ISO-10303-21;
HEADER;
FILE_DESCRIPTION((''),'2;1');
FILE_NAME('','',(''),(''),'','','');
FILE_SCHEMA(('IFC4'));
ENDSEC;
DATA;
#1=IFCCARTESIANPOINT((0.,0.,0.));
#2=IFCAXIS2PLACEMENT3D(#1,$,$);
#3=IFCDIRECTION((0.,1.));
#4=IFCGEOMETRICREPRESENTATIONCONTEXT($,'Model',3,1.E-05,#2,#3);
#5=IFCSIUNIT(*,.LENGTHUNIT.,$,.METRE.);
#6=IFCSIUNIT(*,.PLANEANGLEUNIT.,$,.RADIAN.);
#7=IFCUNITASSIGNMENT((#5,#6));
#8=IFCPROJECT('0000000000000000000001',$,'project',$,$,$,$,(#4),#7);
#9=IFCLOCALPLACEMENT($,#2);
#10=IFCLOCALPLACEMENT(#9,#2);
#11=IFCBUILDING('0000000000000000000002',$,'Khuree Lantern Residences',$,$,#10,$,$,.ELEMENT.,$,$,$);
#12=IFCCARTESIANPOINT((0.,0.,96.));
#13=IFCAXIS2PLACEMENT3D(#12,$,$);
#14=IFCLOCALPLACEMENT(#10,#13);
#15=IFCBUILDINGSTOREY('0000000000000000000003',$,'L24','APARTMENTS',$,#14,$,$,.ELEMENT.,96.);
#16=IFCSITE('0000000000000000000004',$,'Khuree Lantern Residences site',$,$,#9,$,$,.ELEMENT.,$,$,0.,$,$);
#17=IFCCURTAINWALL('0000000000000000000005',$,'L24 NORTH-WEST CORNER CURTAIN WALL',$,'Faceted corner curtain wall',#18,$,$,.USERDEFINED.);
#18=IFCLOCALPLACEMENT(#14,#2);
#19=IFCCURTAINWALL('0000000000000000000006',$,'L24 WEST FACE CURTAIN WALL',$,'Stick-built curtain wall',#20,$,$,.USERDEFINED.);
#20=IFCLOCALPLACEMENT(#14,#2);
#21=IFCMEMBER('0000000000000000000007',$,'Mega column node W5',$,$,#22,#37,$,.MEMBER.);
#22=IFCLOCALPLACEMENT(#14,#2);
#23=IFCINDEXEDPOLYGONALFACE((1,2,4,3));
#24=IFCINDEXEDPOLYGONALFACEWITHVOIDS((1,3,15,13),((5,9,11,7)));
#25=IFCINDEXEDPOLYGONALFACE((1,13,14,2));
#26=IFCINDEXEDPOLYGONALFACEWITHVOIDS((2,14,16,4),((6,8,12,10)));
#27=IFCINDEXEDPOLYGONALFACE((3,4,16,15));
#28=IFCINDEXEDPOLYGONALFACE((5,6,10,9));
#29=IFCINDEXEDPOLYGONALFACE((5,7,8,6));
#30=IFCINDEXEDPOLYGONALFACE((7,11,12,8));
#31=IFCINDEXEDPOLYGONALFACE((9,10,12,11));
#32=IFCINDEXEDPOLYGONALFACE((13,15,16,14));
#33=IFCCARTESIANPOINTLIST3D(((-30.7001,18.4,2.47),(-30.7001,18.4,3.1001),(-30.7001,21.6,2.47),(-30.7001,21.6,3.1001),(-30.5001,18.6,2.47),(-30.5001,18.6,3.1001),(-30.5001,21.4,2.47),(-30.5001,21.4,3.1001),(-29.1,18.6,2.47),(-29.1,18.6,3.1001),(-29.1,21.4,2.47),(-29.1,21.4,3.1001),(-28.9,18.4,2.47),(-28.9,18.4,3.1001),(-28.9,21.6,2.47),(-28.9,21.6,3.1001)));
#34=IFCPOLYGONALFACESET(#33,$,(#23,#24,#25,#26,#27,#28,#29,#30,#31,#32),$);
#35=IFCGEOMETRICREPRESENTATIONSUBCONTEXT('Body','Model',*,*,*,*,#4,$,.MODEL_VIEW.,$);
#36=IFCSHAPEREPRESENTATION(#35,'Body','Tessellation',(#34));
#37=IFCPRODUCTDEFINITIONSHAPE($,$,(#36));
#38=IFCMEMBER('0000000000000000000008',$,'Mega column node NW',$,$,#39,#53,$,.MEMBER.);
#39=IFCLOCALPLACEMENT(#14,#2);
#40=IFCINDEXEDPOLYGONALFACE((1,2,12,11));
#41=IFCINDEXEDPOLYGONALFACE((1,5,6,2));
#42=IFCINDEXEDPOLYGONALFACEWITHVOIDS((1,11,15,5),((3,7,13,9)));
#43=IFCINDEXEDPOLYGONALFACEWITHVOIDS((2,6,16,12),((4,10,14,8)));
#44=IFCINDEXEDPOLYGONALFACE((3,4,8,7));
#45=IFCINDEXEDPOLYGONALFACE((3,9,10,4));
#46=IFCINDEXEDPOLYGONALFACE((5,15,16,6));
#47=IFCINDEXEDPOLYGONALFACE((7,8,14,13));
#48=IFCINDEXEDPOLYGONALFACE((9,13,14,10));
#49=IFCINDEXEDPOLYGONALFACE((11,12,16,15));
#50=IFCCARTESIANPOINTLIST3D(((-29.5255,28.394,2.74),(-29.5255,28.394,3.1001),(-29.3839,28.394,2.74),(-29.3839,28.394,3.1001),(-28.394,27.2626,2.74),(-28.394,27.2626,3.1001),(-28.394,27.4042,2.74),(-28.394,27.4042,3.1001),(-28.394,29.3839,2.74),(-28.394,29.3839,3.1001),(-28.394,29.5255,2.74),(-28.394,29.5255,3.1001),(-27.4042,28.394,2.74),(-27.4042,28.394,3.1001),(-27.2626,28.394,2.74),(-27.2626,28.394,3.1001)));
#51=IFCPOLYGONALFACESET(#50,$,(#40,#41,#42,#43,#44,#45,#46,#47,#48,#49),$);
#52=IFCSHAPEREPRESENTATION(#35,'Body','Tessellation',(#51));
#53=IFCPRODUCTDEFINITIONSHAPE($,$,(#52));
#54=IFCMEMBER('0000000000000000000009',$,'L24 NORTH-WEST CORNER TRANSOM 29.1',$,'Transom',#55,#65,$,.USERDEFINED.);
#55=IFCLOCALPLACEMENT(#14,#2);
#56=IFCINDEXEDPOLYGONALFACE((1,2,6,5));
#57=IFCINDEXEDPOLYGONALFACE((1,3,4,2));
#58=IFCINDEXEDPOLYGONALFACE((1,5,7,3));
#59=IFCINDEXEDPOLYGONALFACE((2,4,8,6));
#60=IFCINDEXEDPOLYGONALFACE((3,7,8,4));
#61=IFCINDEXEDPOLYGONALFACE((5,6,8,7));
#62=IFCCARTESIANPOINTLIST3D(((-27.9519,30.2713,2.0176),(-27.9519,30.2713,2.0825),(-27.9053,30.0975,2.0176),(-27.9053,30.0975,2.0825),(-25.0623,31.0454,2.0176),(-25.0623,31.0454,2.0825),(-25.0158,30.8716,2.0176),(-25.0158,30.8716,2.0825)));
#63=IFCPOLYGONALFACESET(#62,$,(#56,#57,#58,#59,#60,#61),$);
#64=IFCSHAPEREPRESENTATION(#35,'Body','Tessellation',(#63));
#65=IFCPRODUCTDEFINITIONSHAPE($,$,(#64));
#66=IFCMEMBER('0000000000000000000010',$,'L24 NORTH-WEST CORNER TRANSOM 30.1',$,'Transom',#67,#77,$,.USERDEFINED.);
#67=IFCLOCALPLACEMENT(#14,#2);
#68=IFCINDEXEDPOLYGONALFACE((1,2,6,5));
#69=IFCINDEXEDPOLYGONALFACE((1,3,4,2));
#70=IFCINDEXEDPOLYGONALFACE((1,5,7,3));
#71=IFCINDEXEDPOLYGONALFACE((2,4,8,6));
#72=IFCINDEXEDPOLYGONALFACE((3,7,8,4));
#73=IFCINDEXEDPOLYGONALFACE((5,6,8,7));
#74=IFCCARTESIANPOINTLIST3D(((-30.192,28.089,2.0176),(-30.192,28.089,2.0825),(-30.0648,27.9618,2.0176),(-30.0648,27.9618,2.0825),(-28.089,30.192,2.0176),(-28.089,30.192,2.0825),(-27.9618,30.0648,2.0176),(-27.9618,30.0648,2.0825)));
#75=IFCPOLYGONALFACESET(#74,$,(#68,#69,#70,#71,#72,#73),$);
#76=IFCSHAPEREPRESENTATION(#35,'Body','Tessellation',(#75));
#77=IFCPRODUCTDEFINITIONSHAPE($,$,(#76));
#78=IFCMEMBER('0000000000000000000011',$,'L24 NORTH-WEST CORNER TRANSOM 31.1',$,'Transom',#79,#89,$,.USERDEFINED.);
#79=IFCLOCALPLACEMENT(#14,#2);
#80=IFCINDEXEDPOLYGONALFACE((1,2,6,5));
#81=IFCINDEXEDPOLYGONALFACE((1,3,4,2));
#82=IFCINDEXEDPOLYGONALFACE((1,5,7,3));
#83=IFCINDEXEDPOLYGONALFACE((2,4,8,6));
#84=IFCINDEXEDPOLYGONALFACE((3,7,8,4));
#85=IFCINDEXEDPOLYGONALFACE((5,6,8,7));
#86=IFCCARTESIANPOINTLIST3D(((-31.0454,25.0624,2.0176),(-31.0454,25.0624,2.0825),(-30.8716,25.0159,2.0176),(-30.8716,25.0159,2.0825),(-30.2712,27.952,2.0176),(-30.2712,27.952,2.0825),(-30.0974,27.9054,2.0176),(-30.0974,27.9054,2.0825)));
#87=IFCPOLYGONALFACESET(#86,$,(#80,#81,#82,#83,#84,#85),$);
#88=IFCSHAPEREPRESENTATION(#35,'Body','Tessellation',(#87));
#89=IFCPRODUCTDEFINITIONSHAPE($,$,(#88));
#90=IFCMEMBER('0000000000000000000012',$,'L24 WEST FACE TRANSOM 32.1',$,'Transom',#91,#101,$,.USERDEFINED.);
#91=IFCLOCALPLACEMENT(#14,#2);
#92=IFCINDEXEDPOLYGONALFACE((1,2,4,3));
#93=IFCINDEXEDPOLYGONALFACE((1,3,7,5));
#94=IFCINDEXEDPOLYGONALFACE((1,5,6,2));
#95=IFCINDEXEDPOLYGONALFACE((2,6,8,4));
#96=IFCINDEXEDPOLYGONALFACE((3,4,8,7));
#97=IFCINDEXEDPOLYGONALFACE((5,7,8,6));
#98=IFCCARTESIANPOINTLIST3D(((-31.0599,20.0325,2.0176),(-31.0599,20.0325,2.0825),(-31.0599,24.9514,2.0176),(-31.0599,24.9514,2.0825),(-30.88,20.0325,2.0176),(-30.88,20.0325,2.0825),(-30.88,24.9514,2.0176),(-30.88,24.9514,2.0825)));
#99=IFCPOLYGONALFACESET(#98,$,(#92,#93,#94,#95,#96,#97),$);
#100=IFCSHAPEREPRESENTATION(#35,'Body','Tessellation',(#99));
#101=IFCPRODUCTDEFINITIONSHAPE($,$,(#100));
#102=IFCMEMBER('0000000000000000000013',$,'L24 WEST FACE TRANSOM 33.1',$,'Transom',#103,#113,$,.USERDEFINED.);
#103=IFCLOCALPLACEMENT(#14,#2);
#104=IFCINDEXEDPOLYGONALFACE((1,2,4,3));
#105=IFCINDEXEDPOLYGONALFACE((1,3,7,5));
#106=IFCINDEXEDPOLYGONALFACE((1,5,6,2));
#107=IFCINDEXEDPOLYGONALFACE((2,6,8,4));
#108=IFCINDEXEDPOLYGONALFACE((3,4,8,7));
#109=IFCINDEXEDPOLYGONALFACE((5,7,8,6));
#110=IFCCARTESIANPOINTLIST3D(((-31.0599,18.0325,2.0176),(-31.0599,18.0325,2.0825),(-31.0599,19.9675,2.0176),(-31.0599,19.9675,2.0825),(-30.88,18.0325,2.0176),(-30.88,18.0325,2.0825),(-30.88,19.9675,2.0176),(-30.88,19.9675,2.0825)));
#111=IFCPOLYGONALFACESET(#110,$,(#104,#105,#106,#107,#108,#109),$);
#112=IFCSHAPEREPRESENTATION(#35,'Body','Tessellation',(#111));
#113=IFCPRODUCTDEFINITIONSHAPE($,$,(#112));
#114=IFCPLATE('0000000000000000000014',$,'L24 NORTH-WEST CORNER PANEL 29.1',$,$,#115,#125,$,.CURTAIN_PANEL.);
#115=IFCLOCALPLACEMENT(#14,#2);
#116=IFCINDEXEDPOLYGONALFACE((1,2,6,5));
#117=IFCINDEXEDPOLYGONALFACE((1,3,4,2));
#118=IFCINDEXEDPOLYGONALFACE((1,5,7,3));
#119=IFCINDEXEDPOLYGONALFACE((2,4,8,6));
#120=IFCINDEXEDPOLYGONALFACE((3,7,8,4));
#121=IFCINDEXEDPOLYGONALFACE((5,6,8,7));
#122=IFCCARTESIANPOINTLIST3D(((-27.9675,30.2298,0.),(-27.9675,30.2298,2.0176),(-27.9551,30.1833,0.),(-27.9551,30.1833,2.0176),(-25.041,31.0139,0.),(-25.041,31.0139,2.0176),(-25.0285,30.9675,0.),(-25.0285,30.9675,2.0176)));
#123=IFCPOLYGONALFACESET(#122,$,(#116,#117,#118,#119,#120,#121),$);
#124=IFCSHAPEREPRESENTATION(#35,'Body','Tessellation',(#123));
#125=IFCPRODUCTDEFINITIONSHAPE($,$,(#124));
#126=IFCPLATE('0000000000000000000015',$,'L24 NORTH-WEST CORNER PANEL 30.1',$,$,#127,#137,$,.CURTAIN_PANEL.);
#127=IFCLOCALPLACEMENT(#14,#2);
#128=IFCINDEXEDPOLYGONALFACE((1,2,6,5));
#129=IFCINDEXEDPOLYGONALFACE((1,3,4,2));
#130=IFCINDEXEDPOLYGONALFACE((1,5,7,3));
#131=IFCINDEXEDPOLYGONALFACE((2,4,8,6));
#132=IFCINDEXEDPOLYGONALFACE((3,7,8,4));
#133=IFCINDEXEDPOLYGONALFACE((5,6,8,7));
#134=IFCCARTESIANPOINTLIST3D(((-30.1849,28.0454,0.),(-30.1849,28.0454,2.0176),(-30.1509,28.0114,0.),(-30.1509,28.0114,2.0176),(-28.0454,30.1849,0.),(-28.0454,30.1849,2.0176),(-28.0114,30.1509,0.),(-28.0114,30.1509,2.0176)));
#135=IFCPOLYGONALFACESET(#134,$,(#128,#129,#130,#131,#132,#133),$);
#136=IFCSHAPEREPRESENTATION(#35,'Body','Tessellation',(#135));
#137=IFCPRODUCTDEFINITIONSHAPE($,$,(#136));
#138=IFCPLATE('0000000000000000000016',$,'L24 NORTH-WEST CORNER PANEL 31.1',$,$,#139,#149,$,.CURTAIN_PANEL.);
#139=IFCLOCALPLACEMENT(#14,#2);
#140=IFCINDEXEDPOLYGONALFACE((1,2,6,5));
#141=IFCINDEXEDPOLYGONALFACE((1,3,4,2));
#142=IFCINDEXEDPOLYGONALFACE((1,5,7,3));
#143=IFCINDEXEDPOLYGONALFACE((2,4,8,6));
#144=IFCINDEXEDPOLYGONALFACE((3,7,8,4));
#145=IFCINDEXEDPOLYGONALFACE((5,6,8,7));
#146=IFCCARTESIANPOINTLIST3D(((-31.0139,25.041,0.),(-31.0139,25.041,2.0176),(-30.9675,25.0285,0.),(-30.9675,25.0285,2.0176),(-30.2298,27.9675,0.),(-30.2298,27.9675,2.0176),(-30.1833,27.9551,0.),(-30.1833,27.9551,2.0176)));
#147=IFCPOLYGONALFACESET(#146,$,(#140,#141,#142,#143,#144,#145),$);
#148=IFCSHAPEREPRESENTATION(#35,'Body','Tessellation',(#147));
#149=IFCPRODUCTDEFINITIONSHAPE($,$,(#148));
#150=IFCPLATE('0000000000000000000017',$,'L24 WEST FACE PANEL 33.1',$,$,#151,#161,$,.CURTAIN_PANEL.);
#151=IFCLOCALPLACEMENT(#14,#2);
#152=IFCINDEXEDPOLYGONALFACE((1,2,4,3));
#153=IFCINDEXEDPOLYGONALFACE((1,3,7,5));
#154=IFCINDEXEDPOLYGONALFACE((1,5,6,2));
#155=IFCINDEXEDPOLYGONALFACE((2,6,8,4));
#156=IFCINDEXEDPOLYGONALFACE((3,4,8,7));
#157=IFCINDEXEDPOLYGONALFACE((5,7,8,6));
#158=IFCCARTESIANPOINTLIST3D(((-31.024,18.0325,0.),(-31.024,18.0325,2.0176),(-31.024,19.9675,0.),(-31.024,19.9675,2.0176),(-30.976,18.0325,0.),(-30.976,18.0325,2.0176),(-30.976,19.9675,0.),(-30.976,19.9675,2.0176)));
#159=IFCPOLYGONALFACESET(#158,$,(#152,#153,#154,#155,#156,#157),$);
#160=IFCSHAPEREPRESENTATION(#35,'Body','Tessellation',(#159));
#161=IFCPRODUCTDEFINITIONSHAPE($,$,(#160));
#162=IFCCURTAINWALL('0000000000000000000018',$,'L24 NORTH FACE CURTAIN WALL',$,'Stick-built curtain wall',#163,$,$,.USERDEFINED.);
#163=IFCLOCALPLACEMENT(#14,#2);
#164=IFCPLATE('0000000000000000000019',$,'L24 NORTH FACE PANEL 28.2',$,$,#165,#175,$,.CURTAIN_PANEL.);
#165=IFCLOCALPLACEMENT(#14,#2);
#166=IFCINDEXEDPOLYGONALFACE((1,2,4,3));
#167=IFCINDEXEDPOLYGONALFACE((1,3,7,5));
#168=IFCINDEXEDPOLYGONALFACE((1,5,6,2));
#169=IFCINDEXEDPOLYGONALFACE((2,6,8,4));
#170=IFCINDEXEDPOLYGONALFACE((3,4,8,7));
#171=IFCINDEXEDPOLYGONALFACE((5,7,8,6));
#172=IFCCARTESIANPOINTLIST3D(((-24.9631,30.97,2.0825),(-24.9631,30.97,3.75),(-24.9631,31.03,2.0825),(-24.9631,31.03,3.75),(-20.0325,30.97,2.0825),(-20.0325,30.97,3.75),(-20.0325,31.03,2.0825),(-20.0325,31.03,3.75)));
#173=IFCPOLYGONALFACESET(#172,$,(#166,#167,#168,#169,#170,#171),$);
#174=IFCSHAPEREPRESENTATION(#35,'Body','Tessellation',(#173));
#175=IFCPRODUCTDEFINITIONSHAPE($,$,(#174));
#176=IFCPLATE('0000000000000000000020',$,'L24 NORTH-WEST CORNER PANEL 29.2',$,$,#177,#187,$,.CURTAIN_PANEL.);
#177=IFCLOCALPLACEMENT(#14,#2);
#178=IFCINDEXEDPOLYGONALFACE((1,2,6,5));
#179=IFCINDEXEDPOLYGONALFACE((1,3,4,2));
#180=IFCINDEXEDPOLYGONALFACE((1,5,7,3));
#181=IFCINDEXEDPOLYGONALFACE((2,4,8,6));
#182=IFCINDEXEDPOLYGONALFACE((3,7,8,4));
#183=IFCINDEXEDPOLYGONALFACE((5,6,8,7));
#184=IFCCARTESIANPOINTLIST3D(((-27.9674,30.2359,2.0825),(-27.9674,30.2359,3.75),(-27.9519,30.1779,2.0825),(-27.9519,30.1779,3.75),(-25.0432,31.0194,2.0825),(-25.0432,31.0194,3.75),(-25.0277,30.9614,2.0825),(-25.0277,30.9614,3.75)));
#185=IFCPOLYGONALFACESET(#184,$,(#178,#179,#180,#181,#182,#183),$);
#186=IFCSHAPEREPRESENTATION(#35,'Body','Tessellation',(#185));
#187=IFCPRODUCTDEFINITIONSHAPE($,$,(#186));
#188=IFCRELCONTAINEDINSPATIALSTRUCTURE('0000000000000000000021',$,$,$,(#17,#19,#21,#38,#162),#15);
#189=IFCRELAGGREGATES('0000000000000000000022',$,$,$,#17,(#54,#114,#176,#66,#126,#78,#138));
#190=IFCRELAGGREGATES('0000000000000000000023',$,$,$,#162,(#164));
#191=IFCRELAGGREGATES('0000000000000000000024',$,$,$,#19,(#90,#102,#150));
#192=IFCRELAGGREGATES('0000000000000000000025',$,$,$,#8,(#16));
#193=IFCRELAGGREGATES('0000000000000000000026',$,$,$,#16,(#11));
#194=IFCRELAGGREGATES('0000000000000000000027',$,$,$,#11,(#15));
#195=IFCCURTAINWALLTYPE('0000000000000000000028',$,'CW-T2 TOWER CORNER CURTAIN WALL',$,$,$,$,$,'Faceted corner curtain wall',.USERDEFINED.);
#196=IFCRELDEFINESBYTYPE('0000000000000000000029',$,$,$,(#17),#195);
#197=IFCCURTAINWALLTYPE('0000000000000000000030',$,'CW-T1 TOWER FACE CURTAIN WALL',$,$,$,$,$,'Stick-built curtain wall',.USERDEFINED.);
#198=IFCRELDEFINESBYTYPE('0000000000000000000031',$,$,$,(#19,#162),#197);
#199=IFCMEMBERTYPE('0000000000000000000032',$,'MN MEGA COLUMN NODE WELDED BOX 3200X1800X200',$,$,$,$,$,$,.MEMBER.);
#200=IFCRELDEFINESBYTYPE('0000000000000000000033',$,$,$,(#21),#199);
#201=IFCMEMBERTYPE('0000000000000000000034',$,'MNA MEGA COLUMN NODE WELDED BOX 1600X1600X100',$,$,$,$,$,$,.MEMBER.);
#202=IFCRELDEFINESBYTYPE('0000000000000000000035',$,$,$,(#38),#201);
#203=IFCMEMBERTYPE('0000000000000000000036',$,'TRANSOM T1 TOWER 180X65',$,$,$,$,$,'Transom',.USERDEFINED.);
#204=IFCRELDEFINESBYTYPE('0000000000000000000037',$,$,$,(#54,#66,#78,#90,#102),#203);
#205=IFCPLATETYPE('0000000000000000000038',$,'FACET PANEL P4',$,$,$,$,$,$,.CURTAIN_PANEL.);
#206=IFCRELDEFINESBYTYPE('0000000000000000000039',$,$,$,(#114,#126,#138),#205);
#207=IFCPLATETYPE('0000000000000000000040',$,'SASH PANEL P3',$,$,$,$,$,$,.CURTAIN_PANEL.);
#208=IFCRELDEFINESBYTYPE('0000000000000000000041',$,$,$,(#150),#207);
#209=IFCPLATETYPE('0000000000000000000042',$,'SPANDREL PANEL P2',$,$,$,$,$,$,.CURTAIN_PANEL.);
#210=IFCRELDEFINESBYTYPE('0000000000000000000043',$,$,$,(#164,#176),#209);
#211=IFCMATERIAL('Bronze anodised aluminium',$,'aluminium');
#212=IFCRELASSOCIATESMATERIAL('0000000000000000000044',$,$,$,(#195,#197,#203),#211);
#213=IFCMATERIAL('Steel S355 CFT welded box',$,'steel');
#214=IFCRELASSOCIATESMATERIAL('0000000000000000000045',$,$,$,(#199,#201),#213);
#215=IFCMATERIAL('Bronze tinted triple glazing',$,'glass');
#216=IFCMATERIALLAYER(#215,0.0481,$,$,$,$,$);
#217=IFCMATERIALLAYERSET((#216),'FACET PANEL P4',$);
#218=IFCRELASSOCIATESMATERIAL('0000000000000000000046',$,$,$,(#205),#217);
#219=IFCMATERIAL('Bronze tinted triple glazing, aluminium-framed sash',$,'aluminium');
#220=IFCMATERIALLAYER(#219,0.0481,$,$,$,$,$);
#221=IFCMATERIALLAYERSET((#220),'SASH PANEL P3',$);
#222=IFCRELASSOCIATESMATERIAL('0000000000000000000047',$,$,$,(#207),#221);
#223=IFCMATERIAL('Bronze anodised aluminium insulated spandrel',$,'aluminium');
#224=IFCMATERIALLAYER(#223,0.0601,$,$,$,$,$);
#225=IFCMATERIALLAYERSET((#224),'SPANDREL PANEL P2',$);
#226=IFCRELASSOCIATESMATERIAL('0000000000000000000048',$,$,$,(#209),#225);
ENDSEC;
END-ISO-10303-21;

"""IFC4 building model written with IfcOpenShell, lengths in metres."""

from ifc_helpers import new_model, si_unit, direction, frame, origin, origin_2d, place, context, subcontext, project, spatial, rectangle, hollow_rectangle, extrude, material, layer, layer_set, material_profile, profile_set, type_object, element, aggregate, save


model = new_model("IFC4")

# Units and contexts
model_context = context("Model", 3, precision=1e-05, world=origin(), true_north=direction((0.0, 1.0)))
body_context = subcontext(model_context, "Body", "Model", "MODEL_VIEW")
ifc_project = project(units=[si_unit("LENGTHUNIT", "METRE"), si_unit("PLANEANGLEUNIT", "RADIAN")], contexts=[model_context])

# Site, building, storey
site_placement = place(None, origin())
site = spatial("IfcSite", under=ifc_project, at=site_placement, Name="Khuree Lantern Residences site", CompositionType="ELEMENT", RefElevation=0.0)
building_placement = place(site_placement, origin())
building = spatial("IfcBuilding", under=site, at=building_placement, Name="Khuree Lantern Residences", CompositionType="ELEMENT")
storey_placement = place(building_placement, frame((0.0, 0.0, 96.0)))
storey = spatial("IfcBuildingStorey", under=building, at=storey_placement, Name="L24", Description="APARTMENTS", CompositionType="ELEMENT", Elevation=96.0)

# Shared definitions
ifc_material_1 = material(Name="Steel S355 CFT welded box", Category="steel")

# Curtain wall
ifc_material_2 = material(Name="Bronze anodised aluminium", Category="aluminium")
curtain_wall_type_1 = type_object("IfcCurtainWallType", Name="CW-T2 TOWER CORNER CURTAIN WALL", ElementType="Faceted corner curtain wall", PredefinedType="USERDEFINED", material=ifc_material_2)
curtain_wall_1_placement = place(storey_placement, origin())
curtain_wall_1 = element("IfcCurtainWall", 1, at=curtain_wall_1_placement, inside=storey, type_object=curtain_wall_type_1, Name="L24 NORTH-WEST CORNER CURTAIN WALL", ObjectType="Faceted corner curtain wall", PredefinedType="USERDEFINED")

# Curtain wall
curtain_wall_type_2 = type_object("IfcCurtainWallType", Name="CW-T1 TOWER FACE CURTAIN WALL", ElementType="Stick-built curtain wall", PredefinedType="USERDEFINED", material=ifc_material_2)
curtain_wall_2_placement = place(storey_placement, origin())
curtain_wall_2 = element("IfcCurtainWall", 2, at=curtain_wall_2_placement, inside=storey, type_object=curtain_wall_type_2, Name="L24 WEST FACE CURTAIN WALL", ObjectType="Stick-built curtain wall", PredefinedType="USERDEFINED")

# Members
ifc_material_profile_1 = material_profile(ifc_material_1, hollow_rectangle(XDim=3.2, YDim=1.8, WallThickness=0.2, at=origin_2d()), Name="WELDED BOX 3200X1800X200")
ifc_profile_set_1 = profile_set([ifc_material_profile_1], Name="Steel S355 CFT welded box")
member_type_1 = type_object("IfcMemberType", Name="MN MEGA COLUMN NODE WELDED BOX 3200X1800X200", PredefinedType="MEMBER", material=ifc_profile_set_1)
member_1_placement = place(storey_placement, frame((-29.8, 20.0, 2.47), z_axis=(0.0, 0.0, 1.0), x_axis=(0.0, 1.0, 0.0)))
element("IfcMember", 3, at=member_1_placement, inside=storey, type_object=member_type_1, Name="Mega column node W5", PredefinedType="MEMBER", context=body_context, shape_type="SweptSolid", body=[
    extrude(hollow_rectangle(XDim=3.2, YDim=1.8, WallThickness=0.2, at=origin_2d()), origin(), (0.0, 0.0, 1.0), 0.6301),
])
ifc_material_profile_2 = material_profile(ifc_material_1, hollow_rectangle(XDim=1.6001, YDim=1.6001, WallThickness=0.1001, at=origin_2d()), Name="WELDED BOX 1600X1600X100")
ifc_profile_set_2 = profile_set([ifc_material_profile_2], Name="Steel S355 CFT welded box")
member_type_2 = type_object("IfcMemberType", Name="MNA MEGA COLUMN NODE WELDED BOX 1600X1600X100", PredefinedType="MEMBER", material=ifc_profile_set_2)
member_2_placement = place(storey_placement, frame((-28.394, 28.394, 2.74), z_axis=(0.0, 0.0, 1.0), x_axis=(0.707107, 0.707107, 0.0)))
element("IfcMember", 4, at=member_2_placement, inside=storey, type_object=member_type_2, Name="Mega column node NW", PredefinedType="MEMBER", context=body_context, shape_type="SweptSolid", body=[
    extrude(hollow_rectangle(XDim=1.6001, YDim=1.6001, WallThickness=0.1001, at=origin_2d()), origin(), (0.0, 0.0, 1.0), 0.3601),
])

# Members
ifc_material_profile_3 = material_profile(ifc_material_2, rectangle(XDim=0.1799, YDim=0.0649, at=origin_2d()), Name="T1 180X65")
ifc_profile_set_3 = profile_set([ifc_material_profile_3], Name="Bronze anodised aluminium")
member_type_3 = type_object("IfcMemberType", Name="TRANSOM T1 TOWER 180X65", ElementType="Transom", PredefinedType="USERDEFINED", material=ifc_profile_set_3)
member_3_placement = place(storey_placement, frame((-25.0391, 30.9585, 2.05), z_axis=(-0.965935, -0.258785, 0.0), x_axis=(0.258785, -0.965935, 0.0)))
member_3 = element("IfcMember", 5, at=member_3_placement, type_object=member_type_3, Name="L24 NORTH-WEST CORNER TRANSOM 29.1", ObjectType="Transom", PredefinedType="USERDEFINED", context=body_context, shape_type="SweptSolid", body=[
    extrude(rectangle(XDim=0.1799, YDim=0.0649, at=origin_2d()), origin(), (0.0, 0.0, 1.0), 2.9915),
])
member_4_placement = place(storey_placement, frame((-28.0254, 30.1284, 2.05), z_axis=(-0.707107, -0.707107, 0.0), x_axis=(0.707107, -0.707107, 0.0)))
member_4 = element("IfcMember", 6, at=member_4_placement, type_object=member_type_3, Name="L24 NORTH-WEST CORNER TRANSOM 30.1", ObjectType="Transom", PredefinedType="USERDEFINED", context=body_context, shape_type="SweptSolid", body=[
    extrude(rectangle(XDim=0.1799, YDim=0.0649, at=origin_2d()), origin(), (0.0, 0.0, 1.0), 2.9741),
])
member_5_placement = place(storey_placement, frame((-30.1843, 27.9287, 2.05), z_axis=(-0.258785, -0.965935, 0.0), x_axis=(0.965935, -0.258785, 0.0)))
member_5 = element("IfcMember", 7, at=member_5_placement, type_object=member_type_3, Name="L24 NORTH-WEST CORNER TRANSOM 31.1", ObjectType="Transom", PredefinedType="USERDEFINED", context=body_context, shape_type="SweptSolid", body=[
    extrude(rectangle(XDim=0.1799, YDim=0.0649, at=origin_2d()), origin(), (0.0, 0.0, 1.0), 2.9915),
])
member_6_placement = place(storey_placement, frame((-30.97, 24.9514, 2.05), z_axis=(0.0, -1.0, 0.0), x_axis=(1.0, 0.0, 0.0)))
member_6 = element("IfcMember", 8, at=member_6_placement, type_object=member_type_3, Name="L24 WEST FACE TRANSOM 32.1", ObjectType="Transom", PredefinedType="USERDEFINED", context=body_context, shape_type="SweptSolid", body=[
    extrude(rectangle(XDim=0.1799, YDim=0.0649, at=origin_2d()), origin(), (0.0, 0.0, 1.0), 4.9189),
])
member_7_placement = place(storey_placement, frame((-30.97, 19.9675, 2.05), z_axis=(0.0, -1.0, 0.0), x_axis=(1.0, 0.0, 0.0)))
member_7 = element("IfcMember", 9, at=member_7_placement, type_object=member_type_3, Name="L24 WEST FACE TRANSOM 33.1", ObjectType="Transom", PredefinedType="USERDEFINED", context=body_context, shape_type="SweptSolid", body=[
    extrude(rectangle(XDim=0.1799, YDim=0.0649, at=origin_2d()), origin(), (0.0, 0.0, 1.0), 1.9351),
])

# Plates
ifc_material_3 = material(Name="Bronze tinted triple glazing", Category="glass")
ifc_layer_1 = layer(ifc_material_3, 0.0481)
ifc_layer_set_1 = layer_set([ifc_layer_1], Name="FACET PANEL P4")
plate_type_1 = type_object("IfcPlateType", Name="FACET PANEL P4", PredefinedType="CURTAIN_PANEL", material=ifc_layer_set_1)
plate_1_placement = place(storey_placement, frame((-26.498, 30.5986, 0.0), z_axis=(0.0, 0.0, 1.0), x_axis=(-0.965926, -0.258819, 0.0)))
plate_1 = element("IfcPlate", 10, at=plate_1_placement, type_object=plate_type_1, Name="L24 NORTH-WEST CORNER PANEL 29.1", PredefinedType="CURTAIN_PANEL", context=body_context, shape_type="SweptSolid", body=[
    extrude(rectangle(XDim=3.0298, YDim=0.0481, at=origin_2d()), origin(), (0.0, 0.0, 1.0), 2.0176),
])
plate_2_placement = place(storey_placement, frame((-29.0981, 29.0981, 0.0), z_axis=(0.0, 0.0, 1.0), x_axis=(-0.707107, -0.707107, 0.0)))
plate_2 = element("IfcPlate", 11, at=plate_2_placement, type_object=plate_type_1, Name="L24 NORTH-WEST CORNER PANEL 30.1", PredefinedType="CURTAIN_PANEL", context=body_context, shape_type="SweptSolid", body=[
    extrude(rectangle(XDim=3.0256, YDim=0.0481, at=origin_2d()), origin(), (0.0, 0.0, 1.0), 2.0176),
])
plate_3_placement = place(storey_placement, frame((-30.5986, 26.498, 0.0), z_axis=(0.0, 0.0, 1.0), x_axis=(-0.258819, -0.965926, 0.0)))
plate_3 = element("IfcPlate", 12, at=plate_3_placement, type_object=plate_type_1, Name="L24 NORTH-WEST CORNER PANEL 31.1", PredefinedType="CURTAIN_PANEL", context=body_context, shape_type="SweptSolid", body=[
    extrude(rectangle(XDim=3.0298, YDim=0.0481, at=origin_2d()), origin(), (0.0, 0.0, 1.0), 2.0176),
])
ifc_material_4 = material(Name="Bronze tinted triple glazing, aluminium-framed sash", Category="aluminium")
ifc_layer_2 = layer(ifc_material_4, 0.0481)
ifc_layer_set_2 = layer_set([ifc_layer_2], Name="SASH PANEL P3")
plate_type_2 = type_object("IfcPlateType", Name="SASH PANEL P3", PredefinedType="CURTAIN_PANEL", material=ifc_layer_set_2)
plate_4_placement = place(storey_placement, frame((-31.0, 19.0, 0.0), z_axis=(0.0, 0.0, 1.0), x_axis=(0.0, -1.0, 0.0)))
plate_4 = element("IfcPlate", 13, at=plate_4_placement, type_object=plate_type_2, Name="L24 WEST FACE PANEL 33.1", PredefinedType="CURTAIN_PANEL", context=body_context, shape_type="SweptSolid", body=[
    extrude(rectangle(XDim=1.9351, YDim=0.0481, at=origin_2d()), origin(), (0.0, 0.0, 1.0), 2.0176),
])

# Curtain wall, plate
curtain_wall_3_placement = place(storey_placement, origin())
curtain_wall_3 = element("IfcCurtainWall", 14, at=curtain_wall_3_placement, inside=storey, type_object=curtain_wall_type_2, Name="L24 NORTH FACE CURTAIN WALL", ObjectType="Stick-built curtain wall", PredefinedType="USERDEFINED")
ifc_material_5 = material(Name="Bronze anodised aluminium insulated spandrel", Category="aluminium")
ifc_layer_3 = layer(ifc_material_5, 0.0601)
ifc_layer_set_3 = layer_set([ifc_layer_3], Name="SPANDREL PANEL P2")
plate_type_3 = type_object("IfcPlateType", Name="SPANDREL PANEL P2", PredefinedType="CURTAIN_PANEL", material=ifc_layer_set_3)
plate_5_placement = place(storey_placement, frame((-22.4978, 31.0, 2.0825), z_axis=(0.0, 0.0, 1.0), x_axis=(-1.0, 0.0, 0.0)))
plate_5 = element("IfcPlate", 15, at=plate_5_placement, type_object=plate_type_3, Name="L24 NORTH FACE PANEL 28.2", PredefinedType="CURTAIN_PANEL", context=body_context, shape_type="SweptSolid", body=[
    extrude(rectangle(XDim=4.9307, YDim=0.0601, at=origin_2d()), origin(), (0.0, 0.0, 1.0), 1.6675),
])

# Plate
plate_6_placement = place(storey_placement, frame((-26.4976, 30.5986, 2.0825), z_axis=(0.0, 0.0, 1.0), x_axis=(-0.965926, -0.258819, 0.0)))
plate_6 = element("IfcPlate", 16, at=plate_6_placement, type_object=plate_type_3, Name="L24 NORTH-WEST CORNER PANEL 29.2", PredefinedType="CURTAIN_PANEL", context=body_context, shape_type="SweptSolid", body=[
    extrude(rectangle(XDim=3.0273, YDim=0.0601, at=origin_2d()), origin(), (0.0, 0.0, 1.0), 1.6675),
])
aggregate(curtain_wall_1, [member_3, plate_1, plate_6, member_4, plate_2, member_5, plate_3])
aggregate(curtain_wall_3, [plate_5])
aggregate(curtain_wall_2, [member_6, member_7, plate_4])

save(model, "model.ifc")
